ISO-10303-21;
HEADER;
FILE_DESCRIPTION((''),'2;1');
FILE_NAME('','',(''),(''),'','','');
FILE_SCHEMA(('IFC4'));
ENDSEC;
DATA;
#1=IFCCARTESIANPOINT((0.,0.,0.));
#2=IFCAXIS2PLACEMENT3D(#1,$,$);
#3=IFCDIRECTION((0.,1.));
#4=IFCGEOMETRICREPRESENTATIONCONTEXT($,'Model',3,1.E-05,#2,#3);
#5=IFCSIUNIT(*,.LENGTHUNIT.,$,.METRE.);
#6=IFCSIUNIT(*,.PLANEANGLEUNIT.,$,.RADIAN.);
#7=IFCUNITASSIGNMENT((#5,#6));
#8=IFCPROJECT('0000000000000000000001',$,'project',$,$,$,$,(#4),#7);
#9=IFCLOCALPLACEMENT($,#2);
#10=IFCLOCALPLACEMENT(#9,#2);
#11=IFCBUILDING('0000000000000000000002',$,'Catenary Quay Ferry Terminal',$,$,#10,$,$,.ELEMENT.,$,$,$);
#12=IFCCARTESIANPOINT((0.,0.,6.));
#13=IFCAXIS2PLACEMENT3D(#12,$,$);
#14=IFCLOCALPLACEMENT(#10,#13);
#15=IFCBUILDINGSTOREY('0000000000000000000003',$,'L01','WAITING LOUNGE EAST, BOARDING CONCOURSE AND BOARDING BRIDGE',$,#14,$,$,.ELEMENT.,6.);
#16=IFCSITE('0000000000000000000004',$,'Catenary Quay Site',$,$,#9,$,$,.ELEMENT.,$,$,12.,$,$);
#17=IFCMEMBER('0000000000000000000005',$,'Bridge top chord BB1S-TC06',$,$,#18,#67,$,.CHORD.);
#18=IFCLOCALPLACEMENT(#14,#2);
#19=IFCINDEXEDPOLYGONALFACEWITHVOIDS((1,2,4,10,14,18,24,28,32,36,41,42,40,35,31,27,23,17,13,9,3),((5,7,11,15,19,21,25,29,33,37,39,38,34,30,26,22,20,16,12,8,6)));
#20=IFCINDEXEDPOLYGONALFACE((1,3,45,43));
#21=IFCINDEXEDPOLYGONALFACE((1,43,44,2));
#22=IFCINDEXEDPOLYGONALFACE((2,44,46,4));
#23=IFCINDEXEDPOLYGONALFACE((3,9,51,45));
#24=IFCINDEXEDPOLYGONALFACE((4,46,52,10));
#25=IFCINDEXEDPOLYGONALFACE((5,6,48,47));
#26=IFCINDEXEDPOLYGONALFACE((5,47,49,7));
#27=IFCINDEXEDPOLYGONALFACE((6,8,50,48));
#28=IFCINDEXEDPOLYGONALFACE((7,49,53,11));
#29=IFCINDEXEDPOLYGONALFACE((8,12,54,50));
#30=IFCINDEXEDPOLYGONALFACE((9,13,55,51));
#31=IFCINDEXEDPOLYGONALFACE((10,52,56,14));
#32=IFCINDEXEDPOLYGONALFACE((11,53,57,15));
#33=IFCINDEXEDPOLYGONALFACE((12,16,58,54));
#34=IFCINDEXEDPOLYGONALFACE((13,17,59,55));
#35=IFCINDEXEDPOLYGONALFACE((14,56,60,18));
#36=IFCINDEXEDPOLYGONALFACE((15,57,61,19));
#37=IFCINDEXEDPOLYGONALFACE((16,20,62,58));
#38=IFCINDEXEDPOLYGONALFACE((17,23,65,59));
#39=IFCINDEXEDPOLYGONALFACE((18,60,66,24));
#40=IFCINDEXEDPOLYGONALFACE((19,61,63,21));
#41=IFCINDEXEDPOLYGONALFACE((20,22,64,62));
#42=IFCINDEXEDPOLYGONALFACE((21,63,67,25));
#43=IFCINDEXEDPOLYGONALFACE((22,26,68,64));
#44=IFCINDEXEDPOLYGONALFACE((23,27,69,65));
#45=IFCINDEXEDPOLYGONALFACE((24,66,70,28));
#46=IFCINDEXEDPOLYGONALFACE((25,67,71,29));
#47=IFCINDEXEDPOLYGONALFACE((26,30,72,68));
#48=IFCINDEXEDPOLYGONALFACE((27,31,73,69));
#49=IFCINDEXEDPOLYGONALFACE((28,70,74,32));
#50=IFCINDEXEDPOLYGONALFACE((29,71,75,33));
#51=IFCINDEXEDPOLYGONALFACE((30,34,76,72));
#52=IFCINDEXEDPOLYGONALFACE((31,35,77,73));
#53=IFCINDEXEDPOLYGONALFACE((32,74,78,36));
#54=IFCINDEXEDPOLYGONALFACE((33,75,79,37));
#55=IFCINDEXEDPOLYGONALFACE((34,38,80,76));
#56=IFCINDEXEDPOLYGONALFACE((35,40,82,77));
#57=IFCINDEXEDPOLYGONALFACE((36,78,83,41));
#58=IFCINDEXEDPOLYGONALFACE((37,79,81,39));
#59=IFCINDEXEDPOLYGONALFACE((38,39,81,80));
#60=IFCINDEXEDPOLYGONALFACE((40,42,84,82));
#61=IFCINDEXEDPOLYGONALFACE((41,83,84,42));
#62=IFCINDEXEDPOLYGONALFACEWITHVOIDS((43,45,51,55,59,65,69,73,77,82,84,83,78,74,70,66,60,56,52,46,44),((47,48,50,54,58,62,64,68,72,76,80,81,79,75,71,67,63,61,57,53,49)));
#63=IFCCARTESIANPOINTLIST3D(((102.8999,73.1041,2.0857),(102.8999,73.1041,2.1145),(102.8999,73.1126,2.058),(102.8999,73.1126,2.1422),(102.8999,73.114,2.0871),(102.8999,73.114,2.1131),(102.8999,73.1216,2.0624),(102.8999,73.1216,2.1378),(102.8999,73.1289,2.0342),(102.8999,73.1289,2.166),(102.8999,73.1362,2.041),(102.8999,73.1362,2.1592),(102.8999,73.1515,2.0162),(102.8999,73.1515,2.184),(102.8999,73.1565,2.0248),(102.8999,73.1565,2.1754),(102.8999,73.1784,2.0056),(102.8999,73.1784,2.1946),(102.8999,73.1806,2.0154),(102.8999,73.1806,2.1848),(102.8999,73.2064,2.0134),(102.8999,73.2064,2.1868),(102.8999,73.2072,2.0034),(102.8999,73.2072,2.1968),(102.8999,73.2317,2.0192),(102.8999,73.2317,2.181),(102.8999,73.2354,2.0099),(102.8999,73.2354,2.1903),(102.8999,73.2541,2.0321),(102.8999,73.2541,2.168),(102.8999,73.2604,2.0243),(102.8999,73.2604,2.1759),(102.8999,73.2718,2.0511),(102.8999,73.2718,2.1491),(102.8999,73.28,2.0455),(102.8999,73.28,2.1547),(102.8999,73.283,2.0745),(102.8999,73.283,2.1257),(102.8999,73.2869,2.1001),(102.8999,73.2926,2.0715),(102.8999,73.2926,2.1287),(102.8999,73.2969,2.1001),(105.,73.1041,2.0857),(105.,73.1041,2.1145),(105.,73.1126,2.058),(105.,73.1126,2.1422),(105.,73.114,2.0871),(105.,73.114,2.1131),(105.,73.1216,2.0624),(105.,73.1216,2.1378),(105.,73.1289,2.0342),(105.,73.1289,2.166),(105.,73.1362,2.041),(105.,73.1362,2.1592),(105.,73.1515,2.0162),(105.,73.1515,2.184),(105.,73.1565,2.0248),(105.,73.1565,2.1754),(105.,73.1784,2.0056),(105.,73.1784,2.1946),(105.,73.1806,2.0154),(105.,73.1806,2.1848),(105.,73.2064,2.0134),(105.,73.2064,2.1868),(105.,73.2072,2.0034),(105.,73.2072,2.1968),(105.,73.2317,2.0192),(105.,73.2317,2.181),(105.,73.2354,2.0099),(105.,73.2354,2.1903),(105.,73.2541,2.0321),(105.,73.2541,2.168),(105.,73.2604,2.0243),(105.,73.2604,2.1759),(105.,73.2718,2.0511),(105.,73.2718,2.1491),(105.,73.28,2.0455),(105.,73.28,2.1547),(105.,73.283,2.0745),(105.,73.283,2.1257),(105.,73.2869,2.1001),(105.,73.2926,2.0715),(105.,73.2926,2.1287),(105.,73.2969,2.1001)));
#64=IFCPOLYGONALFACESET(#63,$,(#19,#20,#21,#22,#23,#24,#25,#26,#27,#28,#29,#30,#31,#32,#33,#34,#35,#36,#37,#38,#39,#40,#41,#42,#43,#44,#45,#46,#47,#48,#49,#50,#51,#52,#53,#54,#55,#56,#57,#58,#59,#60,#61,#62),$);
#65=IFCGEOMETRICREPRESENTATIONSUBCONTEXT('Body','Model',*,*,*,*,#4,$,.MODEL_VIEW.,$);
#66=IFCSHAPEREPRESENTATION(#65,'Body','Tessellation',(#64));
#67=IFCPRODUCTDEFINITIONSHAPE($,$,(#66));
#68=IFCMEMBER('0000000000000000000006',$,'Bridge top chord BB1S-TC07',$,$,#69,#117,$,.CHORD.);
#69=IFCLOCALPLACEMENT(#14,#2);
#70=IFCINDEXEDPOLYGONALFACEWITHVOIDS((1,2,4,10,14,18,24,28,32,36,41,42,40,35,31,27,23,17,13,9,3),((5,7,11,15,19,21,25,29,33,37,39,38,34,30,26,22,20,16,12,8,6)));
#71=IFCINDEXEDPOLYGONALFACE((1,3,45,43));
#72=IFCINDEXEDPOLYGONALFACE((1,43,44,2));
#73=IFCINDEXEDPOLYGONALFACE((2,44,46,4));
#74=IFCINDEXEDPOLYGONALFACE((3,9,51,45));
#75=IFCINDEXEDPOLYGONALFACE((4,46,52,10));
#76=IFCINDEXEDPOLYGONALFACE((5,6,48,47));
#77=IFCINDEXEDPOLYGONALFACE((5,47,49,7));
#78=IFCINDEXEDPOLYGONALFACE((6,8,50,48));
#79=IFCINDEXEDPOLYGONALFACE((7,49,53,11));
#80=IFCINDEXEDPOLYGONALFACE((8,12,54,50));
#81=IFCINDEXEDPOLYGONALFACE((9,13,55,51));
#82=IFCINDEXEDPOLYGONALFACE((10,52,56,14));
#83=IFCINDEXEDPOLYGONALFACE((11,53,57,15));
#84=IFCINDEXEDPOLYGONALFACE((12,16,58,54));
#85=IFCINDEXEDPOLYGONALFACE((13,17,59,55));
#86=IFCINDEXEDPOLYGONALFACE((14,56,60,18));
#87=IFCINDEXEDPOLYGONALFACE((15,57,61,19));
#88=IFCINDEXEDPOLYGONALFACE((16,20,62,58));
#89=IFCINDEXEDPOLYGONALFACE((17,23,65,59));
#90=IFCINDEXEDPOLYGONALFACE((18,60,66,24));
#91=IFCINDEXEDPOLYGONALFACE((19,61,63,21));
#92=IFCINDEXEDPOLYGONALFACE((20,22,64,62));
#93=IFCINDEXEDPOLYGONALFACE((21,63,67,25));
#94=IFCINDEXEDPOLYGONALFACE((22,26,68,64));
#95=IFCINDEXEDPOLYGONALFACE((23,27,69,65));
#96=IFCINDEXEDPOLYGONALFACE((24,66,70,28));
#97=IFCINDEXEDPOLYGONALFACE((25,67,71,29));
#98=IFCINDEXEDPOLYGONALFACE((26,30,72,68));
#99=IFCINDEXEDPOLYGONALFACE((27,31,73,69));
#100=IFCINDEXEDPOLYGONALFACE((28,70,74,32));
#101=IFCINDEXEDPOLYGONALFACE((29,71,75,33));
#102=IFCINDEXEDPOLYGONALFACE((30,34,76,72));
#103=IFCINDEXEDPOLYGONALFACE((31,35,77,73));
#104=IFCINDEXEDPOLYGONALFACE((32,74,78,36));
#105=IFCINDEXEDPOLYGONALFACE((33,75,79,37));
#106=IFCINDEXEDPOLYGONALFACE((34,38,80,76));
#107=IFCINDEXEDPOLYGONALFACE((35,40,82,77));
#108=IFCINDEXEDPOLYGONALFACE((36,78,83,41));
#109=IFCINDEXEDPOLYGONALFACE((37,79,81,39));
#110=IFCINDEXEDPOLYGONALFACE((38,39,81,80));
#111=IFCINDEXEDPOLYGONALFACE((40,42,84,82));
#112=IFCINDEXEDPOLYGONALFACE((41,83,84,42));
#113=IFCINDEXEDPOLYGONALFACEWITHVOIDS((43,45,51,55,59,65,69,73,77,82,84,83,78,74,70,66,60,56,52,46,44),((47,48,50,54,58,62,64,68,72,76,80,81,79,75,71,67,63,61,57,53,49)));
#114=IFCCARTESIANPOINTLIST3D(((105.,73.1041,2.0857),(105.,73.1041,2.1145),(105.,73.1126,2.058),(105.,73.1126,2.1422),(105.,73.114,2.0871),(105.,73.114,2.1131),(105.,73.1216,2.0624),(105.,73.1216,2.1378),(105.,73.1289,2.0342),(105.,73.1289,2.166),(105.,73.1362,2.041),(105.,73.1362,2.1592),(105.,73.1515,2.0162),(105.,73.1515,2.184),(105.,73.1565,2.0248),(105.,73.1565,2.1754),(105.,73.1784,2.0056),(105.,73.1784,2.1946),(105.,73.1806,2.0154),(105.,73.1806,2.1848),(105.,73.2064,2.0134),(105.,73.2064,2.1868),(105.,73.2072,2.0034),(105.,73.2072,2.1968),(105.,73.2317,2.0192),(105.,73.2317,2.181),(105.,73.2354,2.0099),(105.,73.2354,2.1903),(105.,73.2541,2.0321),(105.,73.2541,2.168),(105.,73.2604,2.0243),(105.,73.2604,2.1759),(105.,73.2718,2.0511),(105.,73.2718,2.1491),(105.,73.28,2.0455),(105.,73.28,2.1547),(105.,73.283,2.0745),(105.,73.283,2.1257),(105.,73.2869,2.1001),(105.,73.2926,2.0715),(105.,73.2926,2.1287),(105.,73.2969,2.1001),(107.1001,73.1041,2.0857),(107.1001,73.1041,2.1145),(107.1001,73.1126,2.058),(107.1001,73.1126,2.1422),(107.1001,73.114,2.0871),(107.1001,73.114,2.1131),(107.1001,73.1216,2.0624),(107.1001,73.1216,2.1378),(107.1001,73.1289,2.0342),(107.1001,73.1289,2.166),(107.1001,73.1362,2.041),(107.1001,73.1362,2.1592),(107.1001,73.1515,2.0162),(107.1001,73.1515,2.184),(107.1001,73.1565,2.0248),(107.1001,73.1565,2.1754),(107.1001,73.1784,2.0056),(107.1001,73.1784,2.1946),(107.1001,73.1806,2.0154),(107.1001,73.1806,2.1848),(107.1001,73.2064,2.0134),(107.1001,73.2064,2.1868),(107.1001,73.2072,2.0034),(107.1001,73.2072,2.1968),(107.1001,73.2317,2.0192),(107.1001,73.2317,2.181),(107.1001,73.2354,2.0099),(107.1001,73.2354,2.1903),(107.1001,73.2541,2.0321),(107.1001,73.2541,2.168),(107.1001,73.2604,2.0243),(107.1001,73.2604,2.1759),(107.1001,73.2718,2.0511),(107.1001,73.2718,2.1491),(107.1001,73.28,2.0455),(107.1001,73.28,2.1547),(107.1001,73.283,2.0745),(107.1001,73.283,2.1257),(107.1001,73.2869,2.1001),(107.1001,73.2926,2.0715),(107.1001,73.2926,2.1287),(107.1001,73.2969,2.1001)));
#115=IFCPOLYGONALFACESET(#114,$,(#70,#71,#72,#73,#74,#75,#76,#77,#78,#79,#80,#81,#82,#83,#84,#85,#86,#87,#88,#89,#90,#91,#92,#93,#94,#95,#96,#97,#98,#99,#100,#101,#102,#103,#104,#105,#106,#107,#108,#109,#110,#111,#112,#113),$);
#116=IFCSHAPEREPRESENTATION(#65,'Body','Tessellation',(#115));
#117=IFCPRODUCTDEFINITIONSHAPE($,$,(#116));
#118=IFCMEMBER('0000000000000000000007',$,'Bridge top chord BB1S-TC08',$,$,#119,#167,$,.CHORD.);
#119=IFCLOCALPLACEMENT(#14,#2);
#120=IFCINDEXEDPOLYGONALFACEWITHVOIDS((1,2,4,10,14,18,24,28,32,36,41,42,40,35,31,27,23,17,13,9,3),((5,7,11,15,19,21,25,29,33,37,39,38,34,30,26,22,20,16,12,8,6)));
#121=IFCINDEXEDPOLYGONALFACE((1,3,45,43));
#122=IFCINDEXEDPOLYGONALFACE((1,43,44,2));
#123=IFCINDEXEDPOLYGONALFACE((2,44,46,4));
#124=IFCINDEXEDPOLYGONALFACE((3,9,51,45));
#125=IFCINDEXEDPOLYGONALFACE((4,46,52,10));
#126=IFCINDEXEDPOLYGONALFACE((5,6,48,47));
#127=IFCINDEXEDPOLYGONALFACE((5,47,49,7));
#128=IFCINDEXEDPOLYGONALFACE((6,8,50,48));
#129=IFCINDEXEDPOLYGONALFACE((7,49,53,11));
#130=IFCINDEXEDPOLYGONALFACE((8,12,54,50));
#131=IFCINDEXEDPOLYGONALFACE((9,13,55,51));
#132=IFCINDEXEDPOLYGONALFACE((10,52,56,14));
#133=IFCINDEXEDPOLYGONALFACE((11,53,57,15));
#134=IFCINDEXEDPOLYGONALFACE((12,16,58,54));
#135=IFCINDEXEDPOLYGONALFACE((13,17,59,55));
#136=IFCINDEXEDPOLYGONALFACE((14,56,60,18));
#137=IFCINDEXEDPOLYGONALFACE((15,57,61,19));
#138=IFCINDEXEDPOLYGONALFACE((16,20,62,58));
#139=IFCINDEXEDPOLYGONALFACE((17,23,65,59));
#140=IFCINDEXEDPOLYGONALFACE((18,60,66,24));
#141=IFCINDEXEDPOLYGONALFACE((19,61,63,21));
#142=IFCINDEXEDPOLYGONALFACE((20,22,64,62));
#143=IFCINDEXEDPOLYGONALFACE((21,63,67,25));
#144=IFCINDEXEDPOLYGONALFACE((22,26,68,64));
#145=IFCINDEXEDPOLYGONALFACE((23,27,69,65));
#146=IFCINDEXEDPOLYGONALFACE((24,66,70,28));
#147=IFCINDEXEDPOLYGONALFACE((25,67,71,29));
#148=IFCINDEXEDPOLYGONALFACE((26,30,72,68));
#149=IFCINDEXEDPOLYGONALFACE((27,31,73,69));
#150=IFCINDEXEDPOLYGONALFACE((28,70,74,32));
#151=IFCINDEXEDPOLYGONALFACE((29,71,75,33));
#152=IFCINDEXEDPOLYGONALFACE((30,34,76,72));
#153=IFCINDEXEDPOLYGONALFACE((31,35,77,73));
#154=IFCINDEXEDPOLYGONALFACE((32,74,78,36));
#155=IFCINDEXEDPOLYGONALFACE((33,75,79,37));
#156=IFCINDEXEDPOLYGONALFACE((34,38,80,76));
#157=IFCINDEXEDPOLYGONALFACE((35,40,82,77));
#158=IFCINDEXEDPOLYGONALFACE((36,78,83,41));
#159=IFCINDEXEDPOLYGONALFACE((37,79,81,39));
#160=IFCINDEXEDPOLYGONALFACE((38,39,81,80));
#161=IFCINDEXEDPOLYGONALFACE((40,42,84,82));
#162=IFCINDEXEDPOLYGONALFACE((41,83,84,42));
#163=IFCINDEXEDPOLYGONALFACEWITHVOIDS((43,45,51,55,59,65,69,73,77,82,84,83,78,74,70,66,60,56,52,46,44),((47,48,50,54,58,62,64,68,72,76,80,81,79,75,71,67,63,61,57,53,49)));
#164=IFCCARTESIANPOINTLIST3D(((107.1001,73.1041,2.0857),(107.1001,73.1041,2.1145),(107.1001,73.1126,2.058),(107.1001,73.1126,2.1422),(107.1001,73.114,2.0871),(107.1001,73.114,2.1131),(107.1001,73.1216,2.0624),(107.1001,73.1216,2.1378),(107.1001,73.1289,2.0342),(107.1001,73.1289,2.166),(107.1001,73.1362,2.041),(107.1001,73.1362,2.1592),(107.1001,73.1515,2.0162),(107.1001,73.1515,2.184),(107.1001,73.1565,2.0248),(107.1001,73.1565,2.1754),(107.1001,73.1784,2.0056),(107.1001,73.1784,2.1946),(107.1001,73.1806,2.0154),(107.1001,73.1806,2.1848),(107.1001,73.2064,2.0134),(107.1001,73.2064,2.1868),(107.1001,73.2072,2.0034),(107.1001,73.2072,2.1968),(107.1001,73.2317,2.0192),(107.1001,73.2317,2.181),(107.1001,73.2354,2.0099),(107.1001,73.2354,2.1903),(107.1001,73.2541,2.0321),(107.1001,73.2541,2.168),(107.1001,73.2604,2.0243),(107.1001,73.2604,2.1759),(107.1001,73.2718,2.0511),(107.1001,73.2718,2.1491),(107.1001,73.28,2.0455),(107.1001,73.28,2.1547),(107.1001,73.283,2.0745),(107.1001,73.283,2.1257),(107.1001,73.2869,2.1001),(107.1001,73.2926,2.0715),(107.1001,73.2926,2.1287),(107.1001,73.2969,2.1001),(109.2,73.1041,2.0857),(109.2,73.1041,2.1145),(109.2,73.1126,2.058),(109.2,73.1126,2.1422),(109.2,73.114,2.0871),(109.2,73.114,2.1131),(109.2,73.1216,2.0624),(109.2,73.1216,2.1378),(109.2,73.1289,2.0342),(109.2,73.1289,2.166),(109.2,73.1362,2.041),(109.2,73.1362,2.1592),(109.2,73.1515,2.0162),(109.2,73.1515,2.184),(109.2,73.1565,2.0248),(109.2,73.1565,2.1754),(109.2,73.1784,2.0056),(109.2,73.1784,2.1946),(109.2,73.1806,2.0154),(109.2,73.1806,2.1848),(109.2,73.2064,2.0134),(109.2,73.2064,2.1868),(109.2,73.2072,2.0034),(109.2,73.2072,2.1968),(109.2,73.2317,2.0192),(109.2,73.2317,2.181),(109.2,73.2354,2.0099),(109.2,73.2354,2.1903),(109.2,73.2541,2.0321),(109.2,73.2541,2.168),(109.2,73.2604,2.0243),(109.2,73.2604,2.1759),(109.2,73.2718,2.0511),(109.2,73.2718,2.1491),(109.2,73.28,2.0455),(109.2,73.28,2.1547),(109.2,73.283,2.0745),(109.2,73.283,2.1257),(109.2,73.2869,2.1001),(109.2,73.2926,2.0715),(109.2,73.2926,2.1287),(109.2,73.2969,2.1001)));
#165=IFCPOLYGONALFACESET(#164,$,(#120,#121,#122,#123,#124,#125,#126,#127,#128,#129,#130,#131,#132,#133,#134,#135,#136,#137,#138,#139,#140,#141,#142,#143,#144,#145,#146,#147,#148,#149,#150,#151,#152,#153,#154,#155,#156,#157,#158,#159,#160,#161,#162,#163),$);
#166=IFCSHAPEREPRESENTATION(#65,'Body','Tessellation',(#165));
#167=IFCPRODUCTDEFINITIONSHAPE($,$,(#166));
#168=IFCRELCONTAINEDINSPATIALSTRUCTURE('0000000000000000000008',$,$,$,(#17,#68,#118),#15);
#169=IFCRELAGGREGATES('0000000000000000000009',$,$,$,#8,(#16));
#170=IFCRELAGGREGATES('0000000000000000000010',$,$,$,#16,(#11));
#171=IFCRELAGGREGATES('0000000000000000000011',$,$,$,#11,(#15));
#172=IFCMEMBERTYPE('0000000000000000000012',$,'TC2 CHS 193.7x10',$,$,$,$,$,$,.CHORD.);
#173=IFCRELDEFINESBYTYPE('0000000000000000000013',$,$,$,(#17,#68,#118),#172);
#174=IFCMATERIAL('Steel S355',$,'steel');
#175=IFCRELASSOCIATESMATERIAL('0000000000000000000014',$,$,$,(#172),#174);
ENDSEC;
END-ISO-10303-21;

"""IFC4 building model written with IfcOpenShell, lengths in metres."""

from ifc_helpers import new_model, si_unit, direction, frame, origin, origin_2d, place, context, subcontext, project, spatial, hollow_circle, extrude, material, material_profile, profile_set, type_object, element, save


model = new_model("IFC4")

# Units and contexts
model_context = context("Model", 3, precision=1e-05, world=origin(), true_north=direction((0.0, 1.0)))
body_context = subcontext(model_context, "Body", "Model", "MODEL_VIEW")
ifc_project = project(units=[si_unit("LENGTHUNIT", "METRE"), si_unit("PLANEANGLEUNIT", "RADIAN")], contexts=[model_context])

# Site, building, storey
site_placement = place(None, origin())
site = spatial("IfcSite", under=ifc_project, at=site_placement, Name="Catenary Quay Site", CompositionType="ELEMENT", RefElevation=12.0)
building_placement = place(site_placement, origin())
building = spatial("IfcBuilding", under=site, at=building_placement, Name="Catenary Quay Ferry Terminal", CompositionType="ELEMENT")
storey_placement = place(building_placement, frame((0.0, 0.0, 6.0)))
storey = spatial("IfcBuildingStorey", under=building, at=storey_placement, Name="L01", Description="WAITING LOUNGE EAST, BOARDING CONCOURSE AND BOARDING BRIDGE", CompositionType="ELEMENT", Elevation=6.0)

# Members
ifc_material_1 = material(Name="Steel S355", Category="steel")
ifc_material_profile_1 = material_profile(ifc_material_1, hollow_circle(Radius=0.0969, WallThickness=0.01, at=origin_2d()), Name="CHS 193.7x10")
ifc_profile_set_1 = profile_set([ifc_material_profile_1], Name="Steel S355")
member_type_1 = type_object("IfcMemberType", Name="TC2 CHS 193.7x10", PredefinedType="CHORD", material=ifc_profile_set_1)
for number, where, z_axis, x_axis, name in (
    (1, (102.8999, 73.2, 2.1001), (1.0, 0.0, 0.0), (0.0, 1.0, 0.0), "Bridge top chord BB1S-TC06"),
    (2, (105.0, 73.2, 2.1001), (1.0, 0.0, 0.0), (0.0, 1.0, 0.0), "Bridge top chord BB1S-TC07"),
):
    element("IfcMember", number, at=place(storey_placement, frame(where, z_axis=z_axis, x_axis=x_axis)), inside=storey, type_object=member_type_1, Name=name, PredefinedType="CHORD", context=body_context, shape_type="SweptSolid", body=[
        extrude(hollow_circle(Radius=0.0969, WallThickness=0.01, at=origin_2d()), origin(), (0.0, 0.0, 1.0), 2.1001),
    ])
member_1_placement = place(storey_placement, frame((107.1001, 73.2, 2.1001), z_axis=(1.0, 0.0, 0.0), x_axis=(0.0, 1.0, 0.0)))
element("IfcMember", 3, at=member_1_placement, inside=storey, type_object=member_type_1, Name="Bridge top chord BB1S-TC08", PredefinedType="CHORD", context=body_context, shape_type="SweptSolid", body=[
    extrude(hollow_circle(Radius=0.0969, WallThickness=0.01, at=origin_2d()), origin(), (0.0, 0.0, 1.0), 2.0999),
])

save(model, "model.ifc")
